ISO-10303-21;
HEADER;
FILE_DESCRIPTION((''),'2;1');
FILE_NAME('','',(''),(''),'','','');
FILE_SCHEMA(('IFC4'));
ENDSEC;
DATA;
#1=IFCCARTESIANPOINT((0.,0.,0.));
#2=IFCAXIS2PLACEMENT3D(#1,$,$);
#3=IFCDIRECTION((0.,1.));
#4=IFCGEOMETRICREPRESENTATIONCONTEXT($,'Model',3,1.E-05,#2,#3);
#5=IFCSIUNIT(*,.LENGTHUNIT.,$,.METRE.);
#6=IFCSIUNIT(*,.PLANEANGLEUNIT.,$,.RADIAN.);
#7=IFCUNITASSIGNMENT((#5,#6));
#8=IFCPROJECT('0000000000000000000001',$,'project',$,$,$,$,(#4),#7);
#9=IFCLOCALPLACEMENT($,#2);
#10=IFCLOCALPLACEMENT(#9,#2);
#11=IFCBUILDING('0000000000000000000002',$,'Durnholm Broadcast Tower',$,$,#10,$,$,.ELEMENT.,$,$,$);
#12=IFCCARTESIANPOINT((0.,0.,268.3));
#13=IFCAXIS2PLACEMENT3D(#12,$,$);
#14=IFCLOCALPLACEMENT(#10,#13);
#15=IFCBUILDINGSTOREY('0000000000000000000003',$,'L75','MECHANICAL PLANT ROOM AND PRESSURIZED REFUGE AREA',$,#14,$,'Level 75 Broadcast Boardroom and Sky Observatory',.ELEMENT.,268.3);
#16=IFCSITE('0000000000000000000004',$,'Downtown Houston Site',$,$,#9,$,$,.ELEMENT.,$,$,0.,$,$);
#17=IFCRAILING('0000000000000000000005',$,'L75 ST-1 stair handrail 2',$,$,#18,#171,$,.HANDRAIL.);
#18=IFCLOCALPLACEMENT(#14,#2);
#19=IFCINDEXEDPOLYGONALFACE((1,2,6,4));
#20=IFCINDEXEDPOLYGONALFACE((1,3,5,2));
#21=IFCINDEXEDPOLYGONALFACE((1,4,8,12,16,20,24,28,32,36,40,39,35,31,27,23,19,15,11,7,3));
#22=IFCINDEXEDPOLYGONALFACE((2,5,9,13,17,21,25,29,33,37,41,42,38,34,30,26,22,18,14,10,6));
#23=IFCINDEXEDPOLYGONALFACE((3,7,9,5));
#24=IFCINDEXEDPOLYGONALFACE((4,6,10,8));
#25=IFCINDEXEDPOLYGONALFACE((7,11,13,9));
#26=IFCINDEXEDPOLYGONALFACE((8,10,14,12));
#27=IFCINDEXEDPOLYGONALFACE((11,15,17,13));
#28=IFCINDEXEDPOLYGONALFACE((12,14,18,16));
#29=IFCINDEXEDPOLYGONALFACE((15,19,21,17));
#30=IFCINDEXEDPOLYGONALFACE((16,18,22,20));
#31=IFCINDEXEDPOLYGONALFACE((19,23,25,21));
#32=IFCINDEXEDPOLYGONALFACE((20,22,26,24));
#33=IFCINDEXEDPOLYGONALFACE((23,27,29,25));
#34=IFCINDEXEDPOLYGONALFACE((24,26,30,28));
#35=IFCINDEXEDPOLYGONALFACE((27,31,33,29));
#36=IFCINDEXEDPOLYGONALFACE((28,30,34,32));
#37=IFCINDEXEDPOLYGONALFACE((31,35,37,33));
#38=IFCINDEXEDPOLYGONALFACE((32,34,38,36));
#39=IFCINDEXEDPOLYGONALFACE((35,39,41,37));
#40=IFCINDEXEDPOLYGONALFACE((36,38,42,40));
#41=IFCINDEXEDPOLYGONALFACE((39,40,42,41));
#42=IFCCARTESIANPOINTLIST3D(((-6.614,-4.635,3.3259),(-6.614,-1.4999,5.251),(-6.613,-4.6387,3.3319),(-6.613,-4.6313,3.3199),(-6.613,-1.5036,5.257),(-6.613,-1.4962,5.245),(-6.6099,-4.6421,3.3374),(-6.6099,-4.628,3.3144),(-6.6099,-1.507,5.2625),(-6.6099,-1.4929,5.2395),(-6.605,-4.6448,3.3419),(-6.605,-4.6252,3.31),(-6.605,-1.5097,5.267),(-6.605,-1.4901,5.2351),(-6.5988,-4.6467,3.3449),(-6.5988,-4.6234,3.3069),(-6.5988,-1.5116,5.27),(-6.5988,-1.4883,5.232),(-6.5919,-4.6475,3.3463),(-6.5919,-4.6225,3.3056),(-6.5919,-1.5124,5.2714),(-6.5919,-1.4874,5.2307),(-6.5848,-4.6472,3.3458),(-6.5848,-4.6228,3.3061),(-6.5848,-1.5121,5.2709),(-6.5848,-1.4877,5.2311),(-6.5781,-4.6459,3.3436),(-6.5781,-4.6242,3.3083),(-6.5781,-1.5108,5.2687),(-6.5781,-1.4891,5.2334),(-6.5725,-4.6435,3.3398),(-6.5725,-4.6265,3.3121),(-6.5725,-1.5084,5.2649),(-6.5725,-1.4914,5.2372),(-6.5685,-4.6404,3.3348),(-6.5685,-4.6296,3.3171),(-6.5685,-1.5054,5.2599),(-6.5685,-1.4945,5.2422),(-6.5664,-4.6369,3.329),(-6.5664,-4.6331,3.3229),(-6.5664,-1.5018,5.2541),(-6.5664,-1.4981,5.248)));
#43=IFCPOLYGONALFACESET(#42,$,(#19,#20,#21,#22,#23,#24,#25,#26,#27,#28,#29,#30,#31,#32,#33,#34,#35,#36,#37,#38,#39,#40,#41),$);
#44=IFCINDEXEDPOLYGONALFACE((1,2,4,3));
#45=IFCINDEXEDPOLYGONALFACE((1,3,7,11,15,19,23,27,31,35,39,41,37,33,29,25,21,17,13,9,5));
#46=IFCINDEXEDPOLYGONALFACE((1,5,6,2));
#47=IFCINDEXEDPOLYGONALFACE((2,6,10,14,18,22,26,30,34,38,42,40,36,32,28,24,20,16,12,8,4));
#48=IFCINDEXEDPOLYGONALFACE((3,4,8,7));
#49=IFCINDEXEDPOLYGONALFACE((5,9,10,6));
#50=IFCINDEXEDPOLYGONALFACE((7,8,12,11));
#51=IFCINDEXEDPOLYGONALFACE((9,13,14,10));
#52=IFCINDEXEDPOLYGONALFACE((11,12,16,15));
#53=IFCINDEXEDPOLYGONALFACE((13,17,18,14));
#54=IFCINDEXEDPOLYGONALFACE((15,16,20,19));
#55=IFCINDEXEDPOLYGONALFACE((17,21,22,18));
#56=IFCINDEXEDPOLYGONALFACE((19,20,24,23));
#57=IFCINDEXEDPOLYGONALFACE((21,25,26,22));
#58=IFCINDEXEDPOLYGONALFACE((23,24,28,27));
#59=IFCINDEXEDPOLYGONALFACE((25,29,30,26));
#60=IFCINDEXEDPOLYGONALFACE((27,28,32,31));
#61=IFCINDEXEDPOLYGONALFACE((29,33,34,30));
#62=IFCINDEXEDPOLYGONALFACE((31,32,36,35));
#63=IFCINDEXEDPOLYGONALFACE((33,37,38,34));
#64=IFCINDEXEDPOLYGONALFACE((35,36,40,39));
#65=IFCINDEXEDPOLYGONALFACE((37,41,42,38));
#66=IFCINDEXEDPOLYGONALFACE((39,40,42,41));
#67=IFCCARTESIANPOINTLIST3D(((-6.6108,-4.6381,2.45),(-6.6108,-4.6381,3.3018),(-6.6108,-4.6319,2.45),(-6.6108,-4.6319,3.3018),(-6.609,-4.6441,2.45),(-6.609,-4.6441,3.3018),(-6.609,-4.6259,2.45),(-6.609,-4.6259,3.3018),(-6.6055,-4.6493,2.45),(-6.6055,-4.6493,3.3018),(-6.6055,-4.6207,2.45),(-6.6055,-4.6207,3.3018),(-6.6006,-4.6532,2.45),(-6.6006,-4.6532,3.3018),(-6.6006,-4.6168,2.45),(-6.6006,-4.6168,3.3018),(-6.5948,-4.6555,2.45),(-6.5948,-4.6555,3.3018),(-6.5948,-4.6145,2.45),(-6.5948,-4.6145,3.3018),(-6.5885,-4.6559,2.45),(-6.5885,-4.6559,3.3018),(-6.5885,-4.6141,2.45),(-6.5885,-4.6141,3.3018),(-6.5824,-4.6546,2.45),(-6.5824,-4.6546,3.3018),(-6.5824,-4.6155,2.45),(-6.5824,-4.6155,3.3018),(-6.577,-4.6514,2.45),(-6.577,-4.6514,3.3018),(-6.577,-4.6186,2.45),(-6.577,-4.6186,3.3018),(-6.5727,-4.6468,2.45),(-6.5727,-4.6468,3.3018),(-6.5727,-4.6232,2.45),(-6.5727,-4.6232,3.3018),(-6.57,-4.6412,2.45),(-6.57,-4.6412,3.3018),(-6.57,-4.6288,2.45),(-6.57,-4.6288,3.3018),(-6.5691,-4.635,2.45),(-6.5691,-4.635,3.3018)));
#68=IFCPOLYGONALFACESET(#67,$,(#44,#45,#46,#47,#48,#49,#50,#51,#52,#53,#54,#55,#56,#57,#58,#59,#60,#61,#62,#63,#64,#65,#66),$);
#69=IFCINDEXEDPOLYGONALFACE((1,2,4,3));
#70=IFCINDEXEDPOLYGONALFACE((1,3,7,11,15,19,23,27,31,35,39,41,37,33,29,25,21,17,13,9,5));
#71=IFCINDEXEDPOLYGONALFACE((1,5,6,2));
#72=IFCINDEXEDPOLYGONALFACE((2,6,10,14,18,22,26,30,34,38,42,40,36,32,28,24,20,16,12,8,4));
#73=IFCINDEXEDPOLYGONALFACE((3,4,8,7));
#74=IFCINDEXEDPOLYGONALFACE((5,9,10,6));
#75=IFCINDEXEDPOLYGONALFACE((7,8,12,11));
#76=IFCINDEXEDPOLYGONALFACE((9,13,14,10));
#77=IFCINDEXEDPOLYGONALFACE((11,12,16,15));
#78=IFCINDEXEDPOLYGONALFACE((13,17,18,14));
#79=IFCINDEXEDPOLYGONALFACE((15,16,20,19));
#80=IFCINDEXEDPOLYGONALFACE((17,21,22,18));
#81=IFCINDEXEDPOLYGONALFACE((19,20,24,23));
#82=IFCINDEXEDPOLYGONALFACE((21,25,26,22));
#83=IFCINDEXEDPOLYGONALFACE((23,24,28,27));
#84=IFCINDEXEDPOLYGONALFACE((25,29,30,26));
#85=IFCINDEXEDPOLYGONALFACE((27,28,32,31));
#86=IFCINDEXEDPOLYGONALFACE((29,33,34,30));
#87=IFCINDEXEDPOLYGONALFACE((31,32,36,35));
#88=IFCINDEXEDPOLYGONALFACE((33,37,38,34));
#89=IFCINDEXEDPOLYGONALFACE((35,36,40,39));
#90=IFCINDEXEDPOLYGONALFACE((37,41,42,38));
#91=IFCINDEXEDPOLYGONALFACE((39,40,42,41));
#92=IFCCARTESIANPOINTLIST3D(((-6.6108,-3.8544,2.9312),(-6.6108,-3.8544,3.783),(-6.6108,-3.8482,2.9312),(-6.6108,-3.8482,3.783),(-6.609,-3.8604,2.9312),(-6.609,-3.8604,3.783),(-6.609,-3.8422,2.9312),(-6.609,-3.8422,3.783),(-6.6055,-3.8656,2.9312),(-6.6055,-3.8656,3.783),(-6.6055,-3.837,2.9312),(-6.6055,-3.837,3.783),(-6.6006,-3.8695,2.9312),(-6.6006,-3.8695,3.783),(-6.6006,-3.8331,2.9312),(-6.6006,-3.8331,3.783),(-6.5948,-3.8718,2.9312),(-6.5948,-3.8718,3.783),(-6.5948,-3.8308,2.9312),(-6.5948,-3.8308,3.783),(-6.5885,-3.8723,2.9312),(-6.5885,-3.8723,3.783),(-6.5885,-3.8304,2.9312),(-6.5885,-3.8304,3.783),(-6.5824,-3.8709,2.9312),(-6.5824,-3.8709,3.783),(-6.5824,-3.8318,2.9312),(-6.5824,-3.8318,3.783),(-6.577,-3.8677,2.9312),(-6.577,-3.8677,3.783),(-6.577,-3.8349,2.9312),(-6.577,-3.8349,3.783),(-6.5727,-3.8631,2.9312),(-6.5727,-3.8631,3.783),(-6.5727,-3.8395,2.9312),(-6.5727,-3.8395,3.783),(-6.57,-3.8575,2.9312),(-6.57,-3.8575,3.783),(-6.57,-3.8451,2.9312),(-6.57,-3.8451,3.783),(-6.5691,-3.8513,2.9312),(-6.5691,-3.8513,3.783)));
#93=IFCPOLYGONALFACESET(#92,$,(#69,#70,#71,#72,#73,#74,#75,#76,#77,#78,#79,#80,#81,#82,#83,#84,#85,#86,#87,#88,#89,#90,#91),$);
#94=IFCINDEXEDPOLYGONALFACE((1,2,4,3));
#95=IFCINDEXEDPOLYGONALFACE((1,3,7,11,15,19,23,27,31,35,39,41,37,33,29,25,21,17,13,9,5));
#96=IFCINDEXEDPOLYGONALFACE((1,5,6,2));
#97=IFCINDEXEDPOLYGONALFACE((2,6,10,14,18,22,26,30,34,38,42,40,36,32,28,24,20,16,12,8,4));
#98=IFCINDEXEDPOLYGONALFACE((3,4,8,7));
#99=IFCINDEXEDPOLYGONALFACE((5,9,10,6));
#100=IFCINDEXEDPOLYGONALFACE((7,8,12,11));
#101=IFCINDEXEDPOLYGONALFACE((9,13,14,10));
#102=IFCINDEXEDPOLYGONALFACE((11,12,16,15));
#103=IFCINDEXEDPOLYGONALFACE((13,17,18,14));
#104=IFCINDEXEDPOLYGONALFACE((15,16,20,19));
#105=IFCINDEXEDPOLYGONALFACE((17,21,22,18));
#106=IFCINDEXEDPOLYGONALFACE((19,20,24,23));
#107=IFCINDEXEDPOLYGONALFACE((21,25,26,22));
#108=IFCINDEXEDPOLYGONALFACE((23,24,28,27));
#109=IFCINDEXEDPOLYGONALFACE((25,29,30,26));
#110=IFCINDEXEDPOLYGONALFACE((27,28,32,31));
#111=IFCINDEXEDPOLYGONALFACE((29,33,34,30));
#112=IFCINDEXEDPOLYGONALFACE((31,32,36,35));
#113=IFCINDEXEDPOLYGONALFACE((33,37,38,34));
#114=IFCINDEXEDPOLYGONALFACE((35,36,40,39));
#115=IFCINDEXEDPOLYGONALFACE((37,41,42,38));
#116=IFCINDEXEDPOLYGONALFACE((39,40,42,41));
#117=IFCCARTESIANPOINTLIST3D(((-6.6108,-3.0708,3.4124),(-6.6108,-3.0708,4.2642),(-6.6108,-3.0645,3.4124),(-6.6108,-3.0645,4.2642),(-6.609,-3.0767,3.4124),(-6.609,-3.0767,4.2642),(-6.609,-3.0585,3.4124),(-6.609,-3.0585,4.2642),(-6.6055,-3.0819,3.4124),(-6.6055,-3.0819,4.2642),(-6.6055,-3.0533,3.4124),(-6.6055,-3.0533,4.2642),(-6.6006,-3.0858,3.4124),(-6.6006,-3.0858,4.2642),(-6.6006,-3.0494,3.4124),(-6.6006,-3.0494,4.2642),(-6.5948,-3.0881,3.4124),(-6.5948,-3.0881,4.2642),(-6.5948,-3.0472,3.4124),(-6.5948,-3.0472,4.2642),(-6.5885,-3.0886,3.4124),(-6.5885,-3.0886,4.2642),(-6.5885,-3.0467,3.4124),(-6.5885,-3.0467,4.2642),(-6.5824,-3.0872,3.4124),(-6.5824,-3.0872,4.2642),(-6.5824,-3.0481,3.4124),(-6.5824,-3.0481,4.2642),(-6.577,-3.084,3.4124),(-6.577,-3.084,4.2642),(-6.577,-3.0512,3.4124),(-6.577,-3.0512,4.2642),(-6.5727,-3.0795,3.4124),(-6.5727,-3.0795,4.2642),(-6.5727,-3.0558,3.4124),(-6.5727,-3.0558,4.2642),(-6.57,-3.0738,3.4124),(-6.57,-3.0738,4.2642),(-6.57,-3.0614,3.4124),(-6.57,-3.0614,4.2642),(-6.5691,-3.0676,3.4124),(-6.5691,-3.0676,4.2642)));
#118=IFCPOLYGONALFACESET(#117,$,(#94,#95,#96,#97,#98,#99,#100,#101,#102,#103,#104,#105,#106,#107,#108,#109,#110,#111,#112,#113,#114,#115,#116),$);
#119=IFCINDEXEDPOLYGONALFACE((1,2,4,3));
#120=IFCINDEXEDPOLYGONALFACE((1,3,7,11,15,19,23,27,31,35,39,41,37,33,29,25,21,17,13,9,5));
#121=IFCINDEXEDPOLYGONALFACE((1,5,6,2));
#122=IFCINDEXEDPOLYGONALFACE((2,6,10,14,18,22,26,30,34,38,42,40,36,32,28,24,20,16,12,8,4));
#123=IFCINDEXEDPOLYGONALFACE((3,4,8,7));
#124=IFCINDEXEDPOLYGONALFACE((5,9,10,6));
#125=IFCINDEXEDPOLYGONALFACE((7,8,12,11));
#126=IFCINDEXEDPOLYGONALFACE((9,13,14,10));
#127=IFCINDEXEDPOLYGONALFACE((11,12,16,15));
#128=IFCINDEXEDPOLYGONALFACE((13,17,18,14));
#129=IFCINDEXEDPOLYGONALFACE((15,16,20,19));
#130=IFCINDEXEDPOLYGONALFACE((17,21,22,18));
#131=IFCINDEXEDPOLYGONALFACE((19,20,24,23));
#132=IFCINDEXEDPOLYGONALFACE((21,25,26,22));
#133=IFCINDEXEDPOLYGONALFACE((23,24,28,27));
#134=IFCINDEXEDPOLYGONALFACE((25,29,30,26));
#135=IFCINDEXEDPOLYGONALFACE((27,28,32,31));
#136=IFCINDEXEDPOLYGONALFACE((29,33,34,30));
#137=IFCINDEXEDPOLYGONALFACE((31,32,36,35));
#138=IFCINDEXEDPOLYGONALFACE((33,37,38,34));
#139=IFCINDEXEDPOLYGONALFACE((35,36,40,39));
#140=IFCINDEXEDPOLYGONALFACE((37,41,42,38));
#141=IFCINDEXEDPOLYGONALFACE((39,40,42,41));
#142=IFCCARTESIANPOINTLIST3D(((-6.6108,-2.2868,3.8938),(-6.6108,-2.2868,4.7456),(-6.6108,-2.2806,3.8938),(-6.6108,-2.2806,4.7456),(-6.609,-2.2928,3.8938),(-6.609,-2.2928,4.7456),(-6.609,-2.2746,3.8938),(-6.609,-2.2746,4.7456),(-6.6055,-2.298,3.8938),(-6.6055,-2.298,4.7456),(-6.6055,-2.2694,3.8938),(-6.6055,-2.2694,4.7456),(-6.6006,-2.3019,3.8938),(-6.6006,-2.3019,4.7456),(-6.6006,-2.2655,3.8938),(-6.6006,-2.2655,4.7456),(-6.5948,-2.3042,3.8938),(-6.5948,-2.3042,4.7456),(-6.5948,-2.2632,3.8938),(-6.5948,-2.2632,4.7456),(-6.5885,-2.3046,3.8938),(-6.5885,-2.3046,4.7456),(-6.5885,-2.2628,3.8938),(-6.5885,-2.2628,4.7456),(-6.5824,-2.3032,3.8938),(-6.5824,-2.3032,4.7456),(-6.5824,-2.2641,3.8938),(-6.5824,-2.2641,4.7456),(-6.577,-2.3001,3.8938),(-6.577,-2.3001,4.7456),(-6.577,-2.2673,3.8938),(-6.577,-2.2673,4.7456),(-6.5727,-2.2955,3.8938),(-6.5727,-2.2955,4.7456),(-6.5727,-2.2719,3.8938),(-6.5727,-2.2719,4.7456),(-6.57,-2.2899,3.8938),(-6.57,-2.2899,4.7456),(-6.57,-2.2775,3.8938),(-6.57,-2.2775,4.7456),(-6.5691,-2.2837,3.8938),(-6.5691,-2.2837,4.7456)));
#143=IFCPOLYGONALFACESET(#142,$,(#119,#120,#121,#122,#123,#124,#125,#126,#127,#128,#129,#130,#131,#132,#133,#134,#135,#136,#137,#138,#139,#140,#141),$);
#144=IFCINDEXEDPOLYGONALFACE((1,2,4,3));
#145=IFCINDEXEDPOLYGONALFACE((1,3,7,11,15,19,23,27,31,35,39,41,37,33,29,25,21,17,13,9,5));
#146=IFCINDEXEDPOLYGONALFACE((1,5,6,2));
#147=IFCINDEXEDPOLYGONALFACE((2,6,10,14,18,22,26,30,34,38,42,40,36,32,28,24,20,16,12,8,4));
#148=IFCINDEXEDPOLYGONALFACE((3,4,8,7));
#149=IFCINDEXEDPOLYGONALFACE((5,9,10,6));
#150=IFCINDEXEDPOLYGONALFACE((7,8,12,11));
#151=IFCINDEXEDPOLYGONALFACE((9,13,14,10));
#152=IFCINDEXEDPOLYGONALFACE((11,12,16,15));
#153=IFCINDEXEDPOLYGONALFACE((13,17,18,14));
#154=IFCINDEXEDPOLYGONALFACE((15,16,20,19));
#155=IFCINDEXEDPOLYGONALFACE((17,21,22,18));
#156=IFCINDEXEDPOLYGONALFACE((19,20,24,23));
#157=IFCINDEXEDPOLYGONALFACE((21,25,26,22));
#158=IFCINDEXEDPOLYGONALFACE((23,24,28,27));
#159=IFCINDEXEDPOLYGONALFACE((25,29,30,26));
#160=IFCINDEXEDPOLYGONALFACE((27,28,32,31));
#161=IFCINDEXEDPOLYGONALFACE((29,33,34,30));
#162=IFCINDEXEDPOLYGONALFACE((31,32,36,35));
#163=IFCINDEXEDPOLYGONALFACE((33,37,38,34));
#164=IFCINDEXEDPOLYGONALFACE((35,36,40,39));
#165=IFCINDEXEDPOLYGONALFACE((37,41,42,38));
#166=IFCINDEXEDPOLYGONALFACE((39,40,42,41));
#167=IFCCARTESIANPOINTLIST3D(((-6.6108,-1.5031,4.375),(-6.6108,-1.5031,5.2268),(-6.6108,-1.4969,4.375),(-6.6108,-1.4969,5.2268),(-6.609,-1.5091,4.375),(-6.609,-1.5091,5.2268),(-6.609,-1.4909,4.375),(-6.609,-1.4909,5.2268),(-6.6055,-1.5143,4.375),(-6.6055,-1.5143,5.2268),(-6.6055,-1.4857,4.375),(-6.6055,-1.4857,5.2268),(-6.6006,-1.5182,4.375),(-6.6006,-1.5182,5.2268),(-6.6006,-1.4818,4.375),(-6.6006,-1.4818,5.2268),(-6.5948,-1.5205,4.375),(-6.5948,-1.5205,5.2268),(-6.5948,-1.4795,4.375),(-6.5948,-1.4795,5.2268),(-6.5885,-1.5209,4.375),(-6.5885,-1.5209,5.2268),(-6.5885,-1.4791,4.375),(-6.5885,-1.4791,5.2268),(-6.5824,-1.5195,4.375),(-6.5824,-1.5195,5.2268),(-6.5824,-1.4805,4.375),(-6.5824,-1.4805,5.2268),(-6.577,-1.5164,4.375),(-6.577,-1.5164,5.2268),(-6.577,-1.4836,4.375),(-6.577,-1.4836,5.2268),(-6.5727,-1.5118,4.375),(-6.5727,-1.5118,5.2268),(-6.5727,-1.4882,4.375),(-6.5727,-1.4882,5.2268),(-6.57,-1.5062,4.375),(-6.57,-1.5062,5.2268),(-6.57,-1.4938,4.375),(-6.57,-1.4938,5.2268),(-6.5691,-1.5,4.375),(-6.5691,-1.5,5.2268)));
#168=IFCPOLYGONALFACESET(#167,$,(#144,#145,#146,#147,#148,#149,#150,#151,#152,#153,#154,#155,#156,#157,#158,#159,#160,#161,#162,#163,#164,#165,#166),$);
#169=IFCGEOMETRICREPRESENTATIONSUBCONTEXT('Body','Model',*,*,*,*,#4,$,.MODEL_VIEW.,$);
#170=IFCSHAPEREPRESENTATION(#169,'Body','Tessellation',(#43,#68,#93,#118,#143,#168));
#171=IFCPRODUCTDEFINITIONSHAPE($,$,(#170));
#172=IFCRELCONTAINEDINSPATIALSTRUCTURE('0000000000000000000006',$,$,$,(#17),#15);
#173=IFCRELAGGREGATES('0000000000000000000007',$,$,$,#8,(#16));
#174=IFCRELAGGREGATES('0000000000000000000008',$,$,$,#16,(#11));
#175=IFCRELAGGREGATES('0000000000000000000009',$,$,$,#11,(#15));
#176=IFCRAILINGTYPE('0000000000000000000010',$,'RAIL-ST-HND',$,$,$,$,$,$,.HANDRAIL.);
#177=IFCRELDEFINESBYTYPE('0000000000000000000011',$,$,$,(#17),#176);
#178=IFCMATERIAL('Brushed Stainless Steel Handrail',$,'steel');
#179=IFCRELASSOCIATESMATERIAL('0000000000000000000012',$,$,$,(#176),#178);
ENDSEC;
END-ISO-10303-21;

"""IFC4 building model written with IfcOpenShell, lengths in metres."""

from ifc_helpers import new_model, si_unit, direction, frame, origin, origin_2d, place, context, subcontext, project, spatial, circle, extrude, material, type_object, element, save


model = new_model("IFC4")

# Units and contexts
model_context = context("Model", 3, precision=1e-05, world=origin(), true_north=direction((0.0, 1.0)))
body_context = subcontext(model_context, "Body", "Model", "MODEL_VIEW")
ifc_project = project(units=[si_unit("LENGTHUNIT", "METRE"), si_unit("PLANEANGLEUNIT", "RADIAN")], contexts=[model_context])

# Site, building, storey
site_placement = place(None, origin())
site = spatial("IfcSite", under=ifc_project, at=site_placement, Name="Downtown Houston Site", CompositionType="ELEMENT", RefElevation=0.0)
building_placement = place(site_placement, origin())
building = spatial("IfcBuilding", under=site, at=building_placement, Name="Durnholm Broadcast Tower", CompositionType="ELEMENT")
storey_placement = place(building_placement, frame((0.0, 0.0, 268.3)))
storey = spatial("IfcBuildingStorey", under=building, at=storey_placement, Name="L75", Description="MECHANICAL PLANT ROOM AND PRESSURIZED REFUGE AREA", LongName="Level 75 Broadcast Boardroom and Sky Observatory", CompositionType="ELEMENT", Elevation=268.3)

# Railing
ifc_material_1 = material(Name="Brushed Stainless Steel Handrail", Category="steel")
railing_type_1 = type_object("IfcRailingType", Name="RAIL-ST-HND", PredefinedType="HANDRAIL", material=ifc_material_1)
railing_1_placement = place(storey_placement, frame((-6.5901, -4.635, 2.45)))
element("IfcRailing", 1, at=railing_1_placement, inside=storey, type_object=railing_type_1, Name="L75 ST-1 stair handrail 2", PredefinedType="HANDRAIL", context=body_context, shape_type="SweptSolid", body=[
    extrude(circle(Radius=0.0239, at=origin_2d()), frame((0.0, 0.0, 0.876), z_axis=(0.0, 0.852166, 0.523271), x_axis=(-1.0, 0.0, 0.0)), (0.0, 0.0, 1.0), 3.679),
    extrude(circle(Radius=0.021, at=origin_2d()), origin(), (0.0, 0.0, 1.0), 0.8518),
    extrude(circle(Radius=0.021, at=origin_2d()), frame((0.0, 0.7837, 0.4812)), (0.0, 0.0, 1.0), 0.8518),
    extrude(circle(Radius=0.021, at=origin_2d()), frame((0.0, 1.5674, 0.9624)), (0.0, 0.0, 1.0), 0.8518),
    extrude(circle(Radius=0.021, at=origin_2d()), frame((0.0, 2.3513, 1.4438)), (0.0, 0.0, 1.0), 0.8518),
    extrude(circle(Radius=0.021, at=origin_2d()), frame((0.0, 3.135, 1.925)), (0.0, 0.0, 1.0), 0.8518),
])

save(model, "model.ifc")
